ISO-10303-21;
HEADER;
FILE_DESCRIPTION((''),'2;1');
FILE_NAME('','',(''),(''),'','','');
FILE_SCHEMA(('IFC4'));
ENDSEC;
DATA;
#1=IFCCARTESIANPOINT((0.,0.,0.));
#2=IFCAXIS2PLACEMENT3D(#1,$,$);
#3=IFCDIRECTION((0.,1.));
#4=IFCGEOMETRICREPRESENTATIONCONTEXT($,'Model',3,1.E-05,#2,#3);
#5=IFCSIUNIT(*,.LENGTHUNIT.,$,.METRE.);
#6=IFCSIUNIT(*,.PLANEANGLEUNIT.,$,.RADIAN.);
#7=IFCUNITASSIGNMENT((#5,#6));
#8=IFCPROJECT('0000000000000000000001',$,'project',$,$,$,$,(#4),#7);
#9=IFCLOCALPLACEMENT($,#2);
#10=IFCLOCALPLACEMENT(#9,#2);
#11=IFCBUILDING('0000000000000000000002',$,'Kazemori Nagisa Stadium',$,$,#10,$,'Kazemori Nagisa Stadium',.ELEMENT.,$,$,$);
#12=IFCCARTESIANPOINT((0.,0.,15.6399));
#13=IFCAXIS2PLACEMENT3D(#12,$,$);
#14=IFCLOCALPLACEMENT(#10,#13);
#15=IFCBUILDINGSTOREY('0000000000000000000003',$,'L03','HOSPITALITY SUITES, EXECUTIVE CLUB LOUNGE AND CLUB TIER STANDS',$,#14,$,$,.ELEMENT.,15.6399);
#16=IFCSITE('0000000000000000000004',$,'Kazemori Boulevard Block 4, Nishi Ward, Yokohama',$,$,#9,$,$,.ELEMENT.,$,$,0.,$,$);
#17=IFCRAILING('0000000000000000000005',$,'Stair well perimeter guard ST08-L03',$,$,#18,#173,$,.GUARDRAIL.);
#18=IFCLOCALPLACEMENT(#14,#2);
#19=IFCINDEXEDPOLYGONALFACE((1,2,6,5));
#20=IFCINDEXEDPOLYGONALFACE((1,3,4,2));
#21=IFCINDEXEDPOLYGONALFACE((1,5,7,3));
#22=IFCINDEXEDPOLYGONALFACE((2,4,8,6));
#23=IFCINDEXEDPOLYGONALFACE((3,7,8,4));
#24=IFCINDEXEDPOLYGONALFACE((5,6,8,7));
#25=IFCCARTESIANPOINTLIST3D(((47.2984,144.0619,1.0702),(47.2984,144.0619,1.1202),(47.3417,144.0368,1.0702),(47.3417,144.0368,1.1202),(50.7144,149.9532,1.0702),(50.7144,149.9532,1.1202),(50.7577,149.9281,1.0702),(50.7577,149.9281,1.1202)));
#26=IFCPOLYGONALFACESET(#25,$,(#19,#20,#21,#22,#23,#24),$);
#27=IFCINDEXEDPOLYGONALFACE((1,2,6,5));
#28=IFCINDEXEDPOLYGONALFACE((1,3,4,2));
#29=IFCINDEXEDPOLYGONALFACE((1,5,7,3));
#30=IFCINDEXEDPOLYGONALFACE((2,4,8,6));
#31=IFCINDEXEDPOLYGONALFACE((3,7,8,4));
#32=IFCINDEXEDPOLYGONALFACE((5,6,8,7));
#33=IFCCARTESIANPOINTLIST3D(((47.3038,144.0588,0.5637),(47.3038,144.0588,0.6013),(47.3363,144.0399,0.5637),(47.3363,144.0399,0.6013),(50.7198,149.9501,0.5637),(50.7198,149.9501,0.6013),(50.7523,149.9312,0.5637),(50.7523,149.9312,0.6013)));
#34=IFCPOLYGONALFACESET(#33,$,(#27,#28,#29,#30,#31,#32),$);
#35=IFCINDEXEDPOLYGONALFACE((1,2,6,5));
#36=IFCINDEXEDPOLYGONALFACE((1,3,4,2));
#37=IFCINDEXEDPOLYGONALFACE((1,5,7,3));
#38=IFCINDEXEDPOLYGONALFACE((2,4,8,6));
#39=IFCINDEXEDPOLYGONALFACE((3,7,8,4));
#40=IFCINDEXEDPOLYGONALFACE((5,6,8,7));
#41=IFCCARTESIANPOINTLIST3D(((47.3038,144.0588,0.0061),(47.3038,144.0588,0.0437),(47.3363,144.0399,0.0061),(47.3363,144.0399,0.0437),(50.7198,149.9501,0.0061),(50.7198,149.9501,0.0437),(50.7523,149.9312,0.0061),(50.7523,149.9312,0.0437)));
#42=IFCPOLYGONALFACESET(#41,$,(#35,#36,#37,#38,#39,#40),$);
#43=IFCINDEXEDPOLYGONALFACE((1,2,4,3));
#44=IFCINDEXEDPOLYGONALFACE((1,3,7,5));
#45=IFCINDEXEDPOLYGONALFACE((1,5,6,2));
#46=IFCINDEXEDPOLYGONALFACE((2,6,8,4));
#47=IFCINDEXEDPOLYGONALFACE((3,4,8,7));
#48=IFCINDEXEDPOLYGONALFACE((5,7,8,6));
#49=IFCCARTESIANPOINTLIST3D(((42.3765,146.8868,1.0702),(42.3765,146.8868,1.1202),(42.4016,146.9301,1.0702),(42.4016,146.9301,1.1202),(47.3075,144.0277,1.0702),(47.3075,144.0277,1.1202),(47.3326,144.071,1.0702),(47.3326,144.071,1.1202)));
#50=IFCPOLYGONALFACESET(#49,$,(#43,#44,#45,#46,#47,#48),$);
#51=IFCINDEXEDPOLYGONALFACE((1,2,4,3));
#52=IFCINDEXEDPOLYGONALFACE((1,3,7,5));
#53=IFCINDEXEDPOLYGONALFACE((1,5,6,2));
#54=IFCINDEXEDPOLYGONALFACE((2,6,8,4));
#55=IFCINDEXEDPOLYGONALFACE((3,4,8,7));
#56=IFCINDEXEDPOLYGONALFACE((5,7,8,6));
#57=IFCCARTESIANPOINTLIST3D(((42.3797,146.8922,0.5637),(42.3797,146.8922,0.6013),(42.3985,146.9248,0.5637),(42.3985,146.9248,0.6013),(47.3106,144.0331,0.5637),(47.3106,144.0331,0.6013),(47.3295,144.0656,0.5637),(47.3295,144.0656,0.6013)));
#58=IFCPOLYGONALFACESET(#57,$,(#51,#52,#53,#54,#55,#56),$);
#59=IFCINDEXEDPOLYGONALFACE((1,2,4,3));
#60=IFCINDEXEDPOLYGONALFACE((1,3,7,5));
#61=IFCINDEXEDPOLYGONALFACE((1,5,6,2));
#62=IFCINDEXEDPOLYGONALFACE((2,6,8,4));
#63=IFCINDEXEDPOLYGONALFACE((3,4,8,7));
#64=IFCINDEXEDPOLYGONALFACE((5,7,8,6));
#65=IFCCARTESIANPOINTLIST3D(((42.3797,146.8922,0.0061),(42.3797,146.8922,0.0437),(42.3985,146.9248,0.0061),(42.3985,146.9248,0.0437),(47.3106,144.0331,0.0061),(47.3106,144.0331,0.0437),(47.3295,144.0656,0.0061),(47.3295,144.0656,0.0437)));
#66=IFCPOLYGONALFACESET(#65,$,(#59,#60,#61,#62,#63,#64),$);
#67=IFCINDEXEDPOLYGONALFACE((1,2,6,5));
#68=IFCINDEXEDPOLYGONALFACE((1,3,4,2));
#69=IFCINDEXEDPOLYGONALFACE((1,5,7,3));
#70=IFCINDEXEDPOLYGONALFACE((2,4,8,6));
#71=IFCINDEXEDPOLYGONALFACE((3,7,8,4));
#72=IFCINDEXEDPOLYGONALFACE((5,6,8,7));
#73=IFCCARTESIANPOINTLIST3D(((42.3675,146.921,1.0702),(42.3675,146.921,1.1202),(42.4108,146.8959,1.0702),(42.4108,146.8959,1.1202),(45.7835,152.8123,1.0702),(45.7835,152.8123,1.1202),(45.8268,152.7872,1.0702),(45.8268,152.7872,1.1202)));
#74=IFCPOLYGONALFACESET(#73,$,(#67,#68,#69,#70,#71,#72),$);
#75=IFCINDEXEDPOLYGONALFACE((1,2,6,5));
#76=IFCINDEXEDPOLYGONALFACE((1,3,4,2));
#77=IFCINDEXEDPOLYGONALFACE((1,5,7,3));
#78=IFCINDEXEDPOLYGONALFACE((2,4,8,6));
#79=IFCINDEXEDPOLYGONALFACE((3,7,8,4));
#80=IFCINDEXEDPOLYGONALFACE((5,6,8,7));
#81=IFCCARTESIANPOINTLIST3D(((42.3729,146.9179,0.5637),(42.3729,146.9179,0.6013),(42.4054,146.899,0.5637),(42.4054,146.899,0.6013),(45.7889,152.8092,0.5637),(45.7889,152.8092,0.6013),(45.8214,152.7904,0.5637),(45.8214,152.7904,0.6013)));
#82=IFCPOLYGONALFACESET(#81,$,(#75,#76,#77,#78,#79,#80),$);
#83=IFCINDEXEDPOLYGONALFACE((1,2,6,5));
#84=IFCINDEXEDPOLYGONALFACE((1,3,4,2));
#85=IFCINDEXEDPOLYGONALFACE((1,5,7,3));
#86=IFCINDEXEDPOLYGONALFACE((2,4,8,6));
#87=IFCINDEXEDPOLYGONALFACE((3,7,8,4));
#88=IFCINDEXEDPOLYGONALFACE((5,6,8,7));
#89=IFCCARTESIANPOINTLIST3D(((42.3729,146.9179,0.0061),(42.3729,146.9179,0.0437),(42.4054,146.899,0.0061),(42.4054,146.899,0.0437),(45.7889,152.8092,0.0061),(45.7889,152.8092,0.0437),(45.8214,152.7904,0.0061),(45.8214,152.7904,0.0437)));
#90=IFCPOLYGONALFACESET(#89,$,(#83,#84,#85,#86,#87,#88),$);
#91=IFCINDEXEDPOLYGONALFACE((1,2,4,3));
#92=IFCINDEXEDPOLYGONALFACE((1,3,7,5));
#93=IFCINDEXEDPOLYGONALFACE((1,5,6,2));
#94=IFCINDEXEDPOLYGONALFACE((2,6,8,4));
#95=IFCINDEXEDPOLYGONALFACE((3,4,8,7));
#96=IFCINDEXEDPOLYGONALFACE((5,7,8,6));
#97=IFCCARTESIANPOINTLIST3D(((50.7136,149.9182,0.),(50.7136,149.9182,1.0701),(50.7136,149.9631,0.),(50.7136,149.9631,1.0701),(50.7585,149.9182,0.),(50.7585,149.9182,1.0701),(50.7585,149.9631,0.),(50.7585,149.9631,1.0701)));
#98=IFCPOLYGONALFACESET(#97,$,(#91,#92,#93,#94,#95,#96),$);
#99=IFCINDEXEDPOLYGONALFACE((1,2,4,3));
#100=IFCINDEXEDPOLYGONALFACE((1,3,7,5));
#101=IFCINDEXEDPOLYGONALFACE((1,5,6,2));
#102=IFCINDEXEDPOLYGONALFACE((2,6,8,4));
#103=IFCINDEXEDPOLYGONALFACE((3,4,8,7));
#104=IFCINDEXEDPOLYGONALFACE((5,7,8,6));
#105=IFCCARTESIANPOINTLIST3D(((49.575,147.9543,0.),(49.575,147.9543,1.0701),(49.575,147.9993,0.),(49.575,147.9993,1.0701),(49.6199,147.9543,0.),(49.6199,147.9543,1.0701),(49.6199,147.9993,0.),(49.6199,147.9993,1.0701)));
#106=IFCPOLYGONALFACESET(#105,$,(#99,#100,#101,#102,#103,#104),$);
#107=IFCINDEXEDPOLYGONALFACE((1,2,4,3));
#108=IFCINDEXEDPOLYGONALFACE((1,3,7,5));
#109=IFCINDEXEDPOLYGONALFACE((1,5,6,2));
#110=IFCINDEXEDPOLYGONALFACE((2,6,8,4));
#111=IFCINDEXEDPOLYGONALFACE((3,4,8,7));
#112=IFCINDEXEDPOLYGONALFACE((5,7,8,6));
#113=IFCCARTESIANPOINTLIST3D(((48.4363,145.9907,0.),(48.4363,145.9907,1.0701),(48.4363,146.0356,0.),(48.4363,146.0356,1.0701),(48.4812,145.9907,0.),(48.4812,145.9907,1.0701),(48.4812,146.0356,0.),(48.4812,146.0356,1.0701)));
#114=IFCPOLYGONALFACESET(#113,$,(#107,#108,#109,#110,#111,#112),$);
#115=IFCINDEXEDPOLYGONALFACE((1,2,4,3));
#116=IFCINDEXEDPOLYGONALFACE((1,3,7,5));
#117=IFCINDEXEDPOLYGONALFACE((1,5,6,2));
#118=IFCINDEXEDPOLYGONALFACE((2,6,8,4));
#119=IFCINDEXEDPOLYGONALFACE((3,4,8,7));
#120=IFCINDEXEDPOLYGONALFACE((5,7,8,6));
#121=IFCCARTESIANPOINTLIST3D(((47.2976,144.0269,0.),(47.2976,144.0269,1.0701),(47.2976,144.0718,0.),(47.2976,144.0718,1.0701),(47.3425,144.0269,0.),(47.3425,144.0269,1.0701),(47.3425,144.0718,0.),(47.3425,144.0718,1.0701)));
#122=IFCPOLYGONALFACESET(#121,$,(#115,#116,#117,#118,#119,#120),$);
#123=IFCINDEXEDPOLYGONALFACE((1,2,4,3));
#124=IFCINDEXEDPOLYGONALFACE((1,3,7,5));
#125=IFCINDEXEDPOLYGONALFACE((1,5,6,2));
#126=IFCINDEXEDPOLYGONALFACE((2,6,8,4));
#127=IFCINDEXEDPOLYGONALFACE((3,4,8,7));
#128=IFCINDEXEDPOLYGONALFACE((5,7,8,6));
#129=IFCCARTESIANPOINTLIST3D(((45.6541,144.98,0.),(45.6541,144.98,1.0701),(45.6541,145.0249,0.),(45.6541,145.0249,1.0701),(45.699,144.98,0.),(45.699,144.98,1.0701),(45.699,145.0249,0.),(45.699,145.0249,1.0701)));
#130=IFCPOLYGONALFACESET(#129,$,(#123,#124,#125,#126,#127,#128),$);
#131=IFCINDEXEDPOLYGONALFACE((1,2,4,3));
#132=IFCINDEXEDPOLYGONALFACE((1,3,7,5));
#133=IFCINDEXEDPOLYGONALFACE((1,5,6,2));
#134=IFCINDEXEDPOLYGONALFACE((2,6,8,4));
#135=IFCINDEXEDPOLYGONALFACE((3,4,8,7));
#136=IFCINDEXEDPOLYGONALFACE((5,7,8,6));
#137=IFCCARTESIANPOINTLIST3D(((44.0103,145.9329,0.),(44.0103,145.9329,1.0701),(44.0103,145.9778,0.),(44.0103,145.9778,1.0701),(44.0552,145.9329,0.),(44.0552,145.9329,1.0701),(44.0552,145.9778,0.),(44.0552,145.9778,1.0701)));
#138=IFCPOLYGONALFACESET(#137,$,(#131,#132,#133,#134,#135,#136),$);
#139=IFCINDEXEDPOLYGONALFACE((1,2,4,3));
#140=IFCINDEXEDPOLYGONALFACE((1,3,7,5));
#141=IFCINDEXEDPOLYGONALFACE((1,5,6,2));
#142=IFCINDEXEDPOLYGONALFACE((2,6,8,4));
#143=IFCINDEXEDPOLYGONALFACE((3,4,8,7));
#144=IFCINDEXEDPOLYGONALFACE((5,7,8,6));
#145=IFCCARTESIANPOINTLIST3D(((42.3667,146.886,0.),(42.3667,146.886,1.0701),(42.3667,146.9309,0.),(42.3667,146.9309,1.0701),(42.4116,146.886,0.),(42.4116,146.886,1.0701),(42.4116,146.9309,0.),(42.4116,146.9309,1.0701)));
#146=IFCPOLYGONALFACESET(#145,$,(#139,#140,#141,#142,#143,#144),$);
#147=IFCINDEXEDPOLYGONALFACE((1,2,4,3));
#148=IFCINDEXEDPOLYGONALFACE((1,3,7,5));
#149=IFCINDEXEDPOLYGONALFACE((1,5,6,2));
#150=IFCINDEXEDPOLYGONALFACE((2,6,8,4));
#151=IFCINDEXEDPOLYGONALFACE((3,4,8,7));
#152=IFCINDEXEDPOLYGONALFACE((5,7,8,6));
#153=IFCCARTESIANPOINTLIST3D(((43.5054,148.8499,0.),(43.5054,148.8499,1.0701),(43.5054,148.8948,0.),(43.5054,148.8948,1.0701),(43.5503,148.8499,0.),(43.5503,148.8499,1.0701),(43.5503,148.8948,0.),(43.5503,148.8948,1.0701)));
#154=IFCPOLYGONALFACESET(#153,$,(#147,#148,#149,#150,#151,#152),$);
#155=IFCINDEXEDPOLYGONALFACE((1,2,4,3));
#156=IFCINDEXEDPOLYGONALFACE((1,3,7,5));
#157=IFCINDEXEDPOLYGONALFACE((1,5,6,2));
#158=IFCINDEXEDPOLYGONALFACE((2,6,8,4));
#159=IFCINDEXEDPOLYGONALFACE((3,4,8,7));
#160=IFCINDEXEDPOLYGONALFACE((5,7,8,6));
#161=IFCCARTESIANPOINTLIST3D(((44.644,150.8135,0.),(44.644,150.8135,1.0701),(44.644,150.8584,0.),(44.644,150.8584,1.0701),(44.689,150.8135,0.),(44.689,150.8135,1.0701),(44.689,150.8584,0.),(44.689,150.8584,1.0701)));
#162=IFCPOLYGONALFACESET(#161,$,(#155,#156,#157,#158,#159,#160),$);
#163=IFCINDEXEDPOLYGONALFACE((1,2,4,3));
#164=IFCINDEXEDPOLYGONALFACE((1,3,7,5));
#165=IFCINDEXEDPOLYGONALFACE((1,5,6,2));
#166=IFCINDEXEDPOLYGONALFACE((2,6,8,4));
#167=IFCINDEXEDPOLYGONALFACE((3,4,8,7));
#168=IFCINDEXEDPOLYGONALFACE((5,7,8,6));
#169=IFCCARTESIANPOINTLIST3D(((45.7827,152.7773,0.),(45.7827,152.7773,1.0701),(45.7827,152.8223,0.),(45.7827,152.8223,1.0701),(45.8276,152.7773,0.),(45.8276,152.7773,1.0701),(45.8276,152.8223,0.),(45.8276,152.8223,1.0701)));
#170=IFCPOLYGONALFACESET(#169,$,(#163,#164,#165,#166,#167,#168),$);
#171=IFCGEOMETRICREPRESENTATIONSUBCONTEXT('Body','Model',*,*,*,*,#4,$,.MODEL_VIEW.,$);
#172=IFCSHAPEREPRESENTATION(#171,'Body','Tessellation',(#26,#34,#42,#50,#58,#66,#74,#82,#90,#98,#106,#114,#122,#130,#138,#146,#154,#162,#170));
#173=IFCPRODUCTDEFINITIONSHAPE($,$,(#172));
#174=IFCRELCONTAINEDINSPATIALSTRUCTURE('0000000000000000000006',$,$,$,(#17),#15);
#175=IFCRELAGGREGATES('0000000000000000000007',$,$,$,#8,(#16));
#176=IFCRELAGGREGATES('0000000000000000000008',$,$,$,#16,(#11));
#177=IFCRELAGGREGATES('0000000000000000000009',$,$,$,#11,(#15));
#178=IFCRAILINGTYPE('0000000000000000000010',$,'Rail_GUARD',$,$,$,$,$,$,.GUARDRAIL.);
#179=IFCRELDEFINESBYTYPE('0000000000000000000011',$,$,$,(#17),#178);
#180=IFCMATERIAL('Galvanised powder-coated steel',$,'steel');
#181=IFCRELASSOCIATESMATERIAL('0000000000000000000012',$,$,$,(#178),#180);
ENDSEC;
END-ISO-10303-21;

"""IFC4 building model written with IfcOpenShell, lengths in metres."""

from ifc_helpers import new_model, si_unit, direction, frame, origin, origin_2d, place, context, subcontext, project, spatial, rectangle, extrude, material, type_object, element, save


model = new_model("IFC4")

# Units and contexts
model_context = context("Model", 3, precision=1e-05, world=origin(), true_north=direction((0.0, 1.0)))
body_context = subcontext(model_context, "Body", "Model", "MODEL_VIEW")
ifc_project = project(units=[si_unit("LENGTHUNIT", "METRE"), si_unit("PLANEANGLEUNIT", "RADIAN")], contexts=[model_context])

# Site, building, storey
site_placement = place(None, origin())
site = spatial("IfcSite", under=ifc_project, at=site_placement, Name="Kazemori Boulevard Block 4, Nishi Ward, Yokohama", CompositionType="ELEMENT", RefElevation=0.0)
building_placement = place(site_placement, origin())
building = spatial("IfcBuilding", under=site, at=building_placement, Name="Kazemori Nagisa Stadium", LongName="Kazemori Nagisa Stadium", CompositionType="ELEMENT")
storey_placement = place(building_placement, frame((0.0, 0.0, 15.6399)))
storey = spatial("IfcBuildingStorey", under=building, at=storey_placement, Name="L03", Description="HOSPITALITY SUITES, EXECUTIVE CLUB LOUNGE AND CLUB TIER STANDS", CompositionType="ELEMENT", Elevation=15.6399)

# Railing
ifc_material_1 = material(Name="Galvanised powder-coated steel", Category="steel")
railing_type_1 = type_object("IfcRailingType", Name="Rail_GUARD", PredefinedType="GUARDRAIL", material=ifc_material_1)
railing_1_placement = place(storey_placement, frame((50.7361, 149.9407, 0.0)))
element("IfcRailing", 1, at=railing_1_placement, inside=storey, type_object=railing_type_1, Name="Stair well perimeter guard ST08-L03", PredefinedType="GUARDRAIL", context=body_context, shape_type="SweptSolid", body=[
    extrude(rectangle(XDim=0.05, YDim=0.05, at=origin_2d()), frame((0.0, 0.0, 1.0952), z_axis=(-0.501611, -0.865093, 0.0), x_axis=(0.865093, -0.501611, 0.0)), (0.0, 0.0, 1.0), 6.8101),
    extrude(rectangle(XDim=0.0376, YDim=0.0376, at=origin_2d()), frame((0.0, 0.0, 0.5825), z_axis=(-0.501611, -0.865093, 0.0), x_axis=(0.865093, -0.501611, 0.0)), (0.0, 0.0, 1.0), 6.8101),
    extrude(rectangle(XDim=0.0376, YDim=0.0376, at=origin_2d()), frame((0.0, 0.0, 0.0249), z_axis=(-0.501611, -0.865093, 0.0), x_axis=(0.865093, -0.501611, 0.0)), (0.0, 0.0, 1.0), 6.8101),
    extrude(rectangle(XDim=0.05, YDim=0.05, at=origin_2d()), frame((-3.416, -5.8914, 1.0952), z_axis=(-0.865092, 0.501614, 0.0), x_axis=(-0.501614, -0.865092, 0.0)), (0.0, 0.0, 1.0), 5.7),
    extrude(rectangle(XDim=0.0376, YDim=0.0376, at=origin_2d()), frame((-3.416, -5.8914, 0.5825), z_axis=(-0.865092, 0.501614, 0.0), x_axis=(-0.501614, -0.865092, 0.0)), (0.0, 0.0, 1.0), 5.7),
    extrude(rectangle(XDim=0.0376, YDim=0.0376, at=origin_2d()), frame((-3.416, -5.8914, 0.0249), z_axis=(-0.865092, 0.501614, 0.0), x_axis=(-0.501614, -0.865092, 0.0)), (0.0, 0.0, 1.0), 5.7),
    extrude(rectangle(XDim=0.05, YDim=0.05, at=origin_2d()), frame((-8.3469, -3.0322, 1.0952), z_axis=(0.501611, 0.865093, 0.0), x_axis=(-0.865093, 0.501611, 0.0)), (0.0, 0.0, 1.0), 6.8101),
    extrude(rectangle(XDim=0.0376, YDim=0.0376, at=origin_2d()), frame((-8.3469, -3.0322, 0.5825), z_axis=(0.501611, 0.865093, 0.0), x_axis=(-0.865093, 0.501611, 0.0)), (0.0, 0.0, 1.0), 6.8101),
    extrude(rectangle(XDim=0.0376, YDim=0.0376, at=origin_2d()), frame((-8.3469, -3.0322, 0.0249), z_axis=(0.501611, 0.865093, 0.0), x_axis=(-0.865093, 0.501611, 0.0)), (0.0, 0.0, 1.0), 6.8101),
    extrude(rectangle(XDim=0.0449, YDim=0.0449, at=origin_2d()), origin(), (0.0, 0.0, 1.0), 1.0701),
    extrude(rectangle(XDim=0.0449, YDim=0.0449, at=origin_2d()), frame((-1.1387, -1.9639, 0.0)), (0.0, 0.0, 1.0), 1.0701),
    extrude(rectangle(XDim=0.0449, YDim=0.0449, at=origin_2d()), frame((-2.2773, -3.9275, 0.0)), (0.0, 0.0, 1.0), 1.0701),
    extrude(rectangle(XDim=0.0449, YDim=0.0449, at=origin_2d()), frame((-3.416, -5.8914, 0.0)), (0.0, 0.0, 1.0), 1.0701),
    extrude(rectangle(XDim=0.0449, YDim=0.0449, at=origin_2d()), frame((-5.0596, -4.9382, 0.0)), (0.0, 0.0, 1.0), 1.0701),
    extrude(rectangle(XDim=0.0449, YDim=0.0449, at=origin_2d()), frame((-6.7034, -3.9854, 0.0)), (0.0, 0.0, 1.0), 1.0701),
    extrude(rectangle(XDim=0.0449, YDim=0.0449, at=origin_2d()), frame((-8.3469, -3.0322, 0.0)), (0.0, 0.0, 1.0), 1.0701),
    extrude(rectangle(XDim=0.0449, YDim=0.0449, at=origin_2d()), frame((-7.2083, -1.0684, 0.0)), (0.0, 0.0, 1.0), 1.0701),
    extrude(rectangle(XDim=0.0449, YDim=0.0449, at=origin_2d()), frame((-6.0696, 0.8953, 0.0)), (0.0, 0.0, 1.0), 1.0701),
    extrude(rectangle(XDim=0.0449, YDim=0.0449, at=origin_2d()), frame((-4.9309, 2.8591, 0.0)), (0.0, 0.0, 1.0), 1.0701),
])

save(model, "model.ifc")
